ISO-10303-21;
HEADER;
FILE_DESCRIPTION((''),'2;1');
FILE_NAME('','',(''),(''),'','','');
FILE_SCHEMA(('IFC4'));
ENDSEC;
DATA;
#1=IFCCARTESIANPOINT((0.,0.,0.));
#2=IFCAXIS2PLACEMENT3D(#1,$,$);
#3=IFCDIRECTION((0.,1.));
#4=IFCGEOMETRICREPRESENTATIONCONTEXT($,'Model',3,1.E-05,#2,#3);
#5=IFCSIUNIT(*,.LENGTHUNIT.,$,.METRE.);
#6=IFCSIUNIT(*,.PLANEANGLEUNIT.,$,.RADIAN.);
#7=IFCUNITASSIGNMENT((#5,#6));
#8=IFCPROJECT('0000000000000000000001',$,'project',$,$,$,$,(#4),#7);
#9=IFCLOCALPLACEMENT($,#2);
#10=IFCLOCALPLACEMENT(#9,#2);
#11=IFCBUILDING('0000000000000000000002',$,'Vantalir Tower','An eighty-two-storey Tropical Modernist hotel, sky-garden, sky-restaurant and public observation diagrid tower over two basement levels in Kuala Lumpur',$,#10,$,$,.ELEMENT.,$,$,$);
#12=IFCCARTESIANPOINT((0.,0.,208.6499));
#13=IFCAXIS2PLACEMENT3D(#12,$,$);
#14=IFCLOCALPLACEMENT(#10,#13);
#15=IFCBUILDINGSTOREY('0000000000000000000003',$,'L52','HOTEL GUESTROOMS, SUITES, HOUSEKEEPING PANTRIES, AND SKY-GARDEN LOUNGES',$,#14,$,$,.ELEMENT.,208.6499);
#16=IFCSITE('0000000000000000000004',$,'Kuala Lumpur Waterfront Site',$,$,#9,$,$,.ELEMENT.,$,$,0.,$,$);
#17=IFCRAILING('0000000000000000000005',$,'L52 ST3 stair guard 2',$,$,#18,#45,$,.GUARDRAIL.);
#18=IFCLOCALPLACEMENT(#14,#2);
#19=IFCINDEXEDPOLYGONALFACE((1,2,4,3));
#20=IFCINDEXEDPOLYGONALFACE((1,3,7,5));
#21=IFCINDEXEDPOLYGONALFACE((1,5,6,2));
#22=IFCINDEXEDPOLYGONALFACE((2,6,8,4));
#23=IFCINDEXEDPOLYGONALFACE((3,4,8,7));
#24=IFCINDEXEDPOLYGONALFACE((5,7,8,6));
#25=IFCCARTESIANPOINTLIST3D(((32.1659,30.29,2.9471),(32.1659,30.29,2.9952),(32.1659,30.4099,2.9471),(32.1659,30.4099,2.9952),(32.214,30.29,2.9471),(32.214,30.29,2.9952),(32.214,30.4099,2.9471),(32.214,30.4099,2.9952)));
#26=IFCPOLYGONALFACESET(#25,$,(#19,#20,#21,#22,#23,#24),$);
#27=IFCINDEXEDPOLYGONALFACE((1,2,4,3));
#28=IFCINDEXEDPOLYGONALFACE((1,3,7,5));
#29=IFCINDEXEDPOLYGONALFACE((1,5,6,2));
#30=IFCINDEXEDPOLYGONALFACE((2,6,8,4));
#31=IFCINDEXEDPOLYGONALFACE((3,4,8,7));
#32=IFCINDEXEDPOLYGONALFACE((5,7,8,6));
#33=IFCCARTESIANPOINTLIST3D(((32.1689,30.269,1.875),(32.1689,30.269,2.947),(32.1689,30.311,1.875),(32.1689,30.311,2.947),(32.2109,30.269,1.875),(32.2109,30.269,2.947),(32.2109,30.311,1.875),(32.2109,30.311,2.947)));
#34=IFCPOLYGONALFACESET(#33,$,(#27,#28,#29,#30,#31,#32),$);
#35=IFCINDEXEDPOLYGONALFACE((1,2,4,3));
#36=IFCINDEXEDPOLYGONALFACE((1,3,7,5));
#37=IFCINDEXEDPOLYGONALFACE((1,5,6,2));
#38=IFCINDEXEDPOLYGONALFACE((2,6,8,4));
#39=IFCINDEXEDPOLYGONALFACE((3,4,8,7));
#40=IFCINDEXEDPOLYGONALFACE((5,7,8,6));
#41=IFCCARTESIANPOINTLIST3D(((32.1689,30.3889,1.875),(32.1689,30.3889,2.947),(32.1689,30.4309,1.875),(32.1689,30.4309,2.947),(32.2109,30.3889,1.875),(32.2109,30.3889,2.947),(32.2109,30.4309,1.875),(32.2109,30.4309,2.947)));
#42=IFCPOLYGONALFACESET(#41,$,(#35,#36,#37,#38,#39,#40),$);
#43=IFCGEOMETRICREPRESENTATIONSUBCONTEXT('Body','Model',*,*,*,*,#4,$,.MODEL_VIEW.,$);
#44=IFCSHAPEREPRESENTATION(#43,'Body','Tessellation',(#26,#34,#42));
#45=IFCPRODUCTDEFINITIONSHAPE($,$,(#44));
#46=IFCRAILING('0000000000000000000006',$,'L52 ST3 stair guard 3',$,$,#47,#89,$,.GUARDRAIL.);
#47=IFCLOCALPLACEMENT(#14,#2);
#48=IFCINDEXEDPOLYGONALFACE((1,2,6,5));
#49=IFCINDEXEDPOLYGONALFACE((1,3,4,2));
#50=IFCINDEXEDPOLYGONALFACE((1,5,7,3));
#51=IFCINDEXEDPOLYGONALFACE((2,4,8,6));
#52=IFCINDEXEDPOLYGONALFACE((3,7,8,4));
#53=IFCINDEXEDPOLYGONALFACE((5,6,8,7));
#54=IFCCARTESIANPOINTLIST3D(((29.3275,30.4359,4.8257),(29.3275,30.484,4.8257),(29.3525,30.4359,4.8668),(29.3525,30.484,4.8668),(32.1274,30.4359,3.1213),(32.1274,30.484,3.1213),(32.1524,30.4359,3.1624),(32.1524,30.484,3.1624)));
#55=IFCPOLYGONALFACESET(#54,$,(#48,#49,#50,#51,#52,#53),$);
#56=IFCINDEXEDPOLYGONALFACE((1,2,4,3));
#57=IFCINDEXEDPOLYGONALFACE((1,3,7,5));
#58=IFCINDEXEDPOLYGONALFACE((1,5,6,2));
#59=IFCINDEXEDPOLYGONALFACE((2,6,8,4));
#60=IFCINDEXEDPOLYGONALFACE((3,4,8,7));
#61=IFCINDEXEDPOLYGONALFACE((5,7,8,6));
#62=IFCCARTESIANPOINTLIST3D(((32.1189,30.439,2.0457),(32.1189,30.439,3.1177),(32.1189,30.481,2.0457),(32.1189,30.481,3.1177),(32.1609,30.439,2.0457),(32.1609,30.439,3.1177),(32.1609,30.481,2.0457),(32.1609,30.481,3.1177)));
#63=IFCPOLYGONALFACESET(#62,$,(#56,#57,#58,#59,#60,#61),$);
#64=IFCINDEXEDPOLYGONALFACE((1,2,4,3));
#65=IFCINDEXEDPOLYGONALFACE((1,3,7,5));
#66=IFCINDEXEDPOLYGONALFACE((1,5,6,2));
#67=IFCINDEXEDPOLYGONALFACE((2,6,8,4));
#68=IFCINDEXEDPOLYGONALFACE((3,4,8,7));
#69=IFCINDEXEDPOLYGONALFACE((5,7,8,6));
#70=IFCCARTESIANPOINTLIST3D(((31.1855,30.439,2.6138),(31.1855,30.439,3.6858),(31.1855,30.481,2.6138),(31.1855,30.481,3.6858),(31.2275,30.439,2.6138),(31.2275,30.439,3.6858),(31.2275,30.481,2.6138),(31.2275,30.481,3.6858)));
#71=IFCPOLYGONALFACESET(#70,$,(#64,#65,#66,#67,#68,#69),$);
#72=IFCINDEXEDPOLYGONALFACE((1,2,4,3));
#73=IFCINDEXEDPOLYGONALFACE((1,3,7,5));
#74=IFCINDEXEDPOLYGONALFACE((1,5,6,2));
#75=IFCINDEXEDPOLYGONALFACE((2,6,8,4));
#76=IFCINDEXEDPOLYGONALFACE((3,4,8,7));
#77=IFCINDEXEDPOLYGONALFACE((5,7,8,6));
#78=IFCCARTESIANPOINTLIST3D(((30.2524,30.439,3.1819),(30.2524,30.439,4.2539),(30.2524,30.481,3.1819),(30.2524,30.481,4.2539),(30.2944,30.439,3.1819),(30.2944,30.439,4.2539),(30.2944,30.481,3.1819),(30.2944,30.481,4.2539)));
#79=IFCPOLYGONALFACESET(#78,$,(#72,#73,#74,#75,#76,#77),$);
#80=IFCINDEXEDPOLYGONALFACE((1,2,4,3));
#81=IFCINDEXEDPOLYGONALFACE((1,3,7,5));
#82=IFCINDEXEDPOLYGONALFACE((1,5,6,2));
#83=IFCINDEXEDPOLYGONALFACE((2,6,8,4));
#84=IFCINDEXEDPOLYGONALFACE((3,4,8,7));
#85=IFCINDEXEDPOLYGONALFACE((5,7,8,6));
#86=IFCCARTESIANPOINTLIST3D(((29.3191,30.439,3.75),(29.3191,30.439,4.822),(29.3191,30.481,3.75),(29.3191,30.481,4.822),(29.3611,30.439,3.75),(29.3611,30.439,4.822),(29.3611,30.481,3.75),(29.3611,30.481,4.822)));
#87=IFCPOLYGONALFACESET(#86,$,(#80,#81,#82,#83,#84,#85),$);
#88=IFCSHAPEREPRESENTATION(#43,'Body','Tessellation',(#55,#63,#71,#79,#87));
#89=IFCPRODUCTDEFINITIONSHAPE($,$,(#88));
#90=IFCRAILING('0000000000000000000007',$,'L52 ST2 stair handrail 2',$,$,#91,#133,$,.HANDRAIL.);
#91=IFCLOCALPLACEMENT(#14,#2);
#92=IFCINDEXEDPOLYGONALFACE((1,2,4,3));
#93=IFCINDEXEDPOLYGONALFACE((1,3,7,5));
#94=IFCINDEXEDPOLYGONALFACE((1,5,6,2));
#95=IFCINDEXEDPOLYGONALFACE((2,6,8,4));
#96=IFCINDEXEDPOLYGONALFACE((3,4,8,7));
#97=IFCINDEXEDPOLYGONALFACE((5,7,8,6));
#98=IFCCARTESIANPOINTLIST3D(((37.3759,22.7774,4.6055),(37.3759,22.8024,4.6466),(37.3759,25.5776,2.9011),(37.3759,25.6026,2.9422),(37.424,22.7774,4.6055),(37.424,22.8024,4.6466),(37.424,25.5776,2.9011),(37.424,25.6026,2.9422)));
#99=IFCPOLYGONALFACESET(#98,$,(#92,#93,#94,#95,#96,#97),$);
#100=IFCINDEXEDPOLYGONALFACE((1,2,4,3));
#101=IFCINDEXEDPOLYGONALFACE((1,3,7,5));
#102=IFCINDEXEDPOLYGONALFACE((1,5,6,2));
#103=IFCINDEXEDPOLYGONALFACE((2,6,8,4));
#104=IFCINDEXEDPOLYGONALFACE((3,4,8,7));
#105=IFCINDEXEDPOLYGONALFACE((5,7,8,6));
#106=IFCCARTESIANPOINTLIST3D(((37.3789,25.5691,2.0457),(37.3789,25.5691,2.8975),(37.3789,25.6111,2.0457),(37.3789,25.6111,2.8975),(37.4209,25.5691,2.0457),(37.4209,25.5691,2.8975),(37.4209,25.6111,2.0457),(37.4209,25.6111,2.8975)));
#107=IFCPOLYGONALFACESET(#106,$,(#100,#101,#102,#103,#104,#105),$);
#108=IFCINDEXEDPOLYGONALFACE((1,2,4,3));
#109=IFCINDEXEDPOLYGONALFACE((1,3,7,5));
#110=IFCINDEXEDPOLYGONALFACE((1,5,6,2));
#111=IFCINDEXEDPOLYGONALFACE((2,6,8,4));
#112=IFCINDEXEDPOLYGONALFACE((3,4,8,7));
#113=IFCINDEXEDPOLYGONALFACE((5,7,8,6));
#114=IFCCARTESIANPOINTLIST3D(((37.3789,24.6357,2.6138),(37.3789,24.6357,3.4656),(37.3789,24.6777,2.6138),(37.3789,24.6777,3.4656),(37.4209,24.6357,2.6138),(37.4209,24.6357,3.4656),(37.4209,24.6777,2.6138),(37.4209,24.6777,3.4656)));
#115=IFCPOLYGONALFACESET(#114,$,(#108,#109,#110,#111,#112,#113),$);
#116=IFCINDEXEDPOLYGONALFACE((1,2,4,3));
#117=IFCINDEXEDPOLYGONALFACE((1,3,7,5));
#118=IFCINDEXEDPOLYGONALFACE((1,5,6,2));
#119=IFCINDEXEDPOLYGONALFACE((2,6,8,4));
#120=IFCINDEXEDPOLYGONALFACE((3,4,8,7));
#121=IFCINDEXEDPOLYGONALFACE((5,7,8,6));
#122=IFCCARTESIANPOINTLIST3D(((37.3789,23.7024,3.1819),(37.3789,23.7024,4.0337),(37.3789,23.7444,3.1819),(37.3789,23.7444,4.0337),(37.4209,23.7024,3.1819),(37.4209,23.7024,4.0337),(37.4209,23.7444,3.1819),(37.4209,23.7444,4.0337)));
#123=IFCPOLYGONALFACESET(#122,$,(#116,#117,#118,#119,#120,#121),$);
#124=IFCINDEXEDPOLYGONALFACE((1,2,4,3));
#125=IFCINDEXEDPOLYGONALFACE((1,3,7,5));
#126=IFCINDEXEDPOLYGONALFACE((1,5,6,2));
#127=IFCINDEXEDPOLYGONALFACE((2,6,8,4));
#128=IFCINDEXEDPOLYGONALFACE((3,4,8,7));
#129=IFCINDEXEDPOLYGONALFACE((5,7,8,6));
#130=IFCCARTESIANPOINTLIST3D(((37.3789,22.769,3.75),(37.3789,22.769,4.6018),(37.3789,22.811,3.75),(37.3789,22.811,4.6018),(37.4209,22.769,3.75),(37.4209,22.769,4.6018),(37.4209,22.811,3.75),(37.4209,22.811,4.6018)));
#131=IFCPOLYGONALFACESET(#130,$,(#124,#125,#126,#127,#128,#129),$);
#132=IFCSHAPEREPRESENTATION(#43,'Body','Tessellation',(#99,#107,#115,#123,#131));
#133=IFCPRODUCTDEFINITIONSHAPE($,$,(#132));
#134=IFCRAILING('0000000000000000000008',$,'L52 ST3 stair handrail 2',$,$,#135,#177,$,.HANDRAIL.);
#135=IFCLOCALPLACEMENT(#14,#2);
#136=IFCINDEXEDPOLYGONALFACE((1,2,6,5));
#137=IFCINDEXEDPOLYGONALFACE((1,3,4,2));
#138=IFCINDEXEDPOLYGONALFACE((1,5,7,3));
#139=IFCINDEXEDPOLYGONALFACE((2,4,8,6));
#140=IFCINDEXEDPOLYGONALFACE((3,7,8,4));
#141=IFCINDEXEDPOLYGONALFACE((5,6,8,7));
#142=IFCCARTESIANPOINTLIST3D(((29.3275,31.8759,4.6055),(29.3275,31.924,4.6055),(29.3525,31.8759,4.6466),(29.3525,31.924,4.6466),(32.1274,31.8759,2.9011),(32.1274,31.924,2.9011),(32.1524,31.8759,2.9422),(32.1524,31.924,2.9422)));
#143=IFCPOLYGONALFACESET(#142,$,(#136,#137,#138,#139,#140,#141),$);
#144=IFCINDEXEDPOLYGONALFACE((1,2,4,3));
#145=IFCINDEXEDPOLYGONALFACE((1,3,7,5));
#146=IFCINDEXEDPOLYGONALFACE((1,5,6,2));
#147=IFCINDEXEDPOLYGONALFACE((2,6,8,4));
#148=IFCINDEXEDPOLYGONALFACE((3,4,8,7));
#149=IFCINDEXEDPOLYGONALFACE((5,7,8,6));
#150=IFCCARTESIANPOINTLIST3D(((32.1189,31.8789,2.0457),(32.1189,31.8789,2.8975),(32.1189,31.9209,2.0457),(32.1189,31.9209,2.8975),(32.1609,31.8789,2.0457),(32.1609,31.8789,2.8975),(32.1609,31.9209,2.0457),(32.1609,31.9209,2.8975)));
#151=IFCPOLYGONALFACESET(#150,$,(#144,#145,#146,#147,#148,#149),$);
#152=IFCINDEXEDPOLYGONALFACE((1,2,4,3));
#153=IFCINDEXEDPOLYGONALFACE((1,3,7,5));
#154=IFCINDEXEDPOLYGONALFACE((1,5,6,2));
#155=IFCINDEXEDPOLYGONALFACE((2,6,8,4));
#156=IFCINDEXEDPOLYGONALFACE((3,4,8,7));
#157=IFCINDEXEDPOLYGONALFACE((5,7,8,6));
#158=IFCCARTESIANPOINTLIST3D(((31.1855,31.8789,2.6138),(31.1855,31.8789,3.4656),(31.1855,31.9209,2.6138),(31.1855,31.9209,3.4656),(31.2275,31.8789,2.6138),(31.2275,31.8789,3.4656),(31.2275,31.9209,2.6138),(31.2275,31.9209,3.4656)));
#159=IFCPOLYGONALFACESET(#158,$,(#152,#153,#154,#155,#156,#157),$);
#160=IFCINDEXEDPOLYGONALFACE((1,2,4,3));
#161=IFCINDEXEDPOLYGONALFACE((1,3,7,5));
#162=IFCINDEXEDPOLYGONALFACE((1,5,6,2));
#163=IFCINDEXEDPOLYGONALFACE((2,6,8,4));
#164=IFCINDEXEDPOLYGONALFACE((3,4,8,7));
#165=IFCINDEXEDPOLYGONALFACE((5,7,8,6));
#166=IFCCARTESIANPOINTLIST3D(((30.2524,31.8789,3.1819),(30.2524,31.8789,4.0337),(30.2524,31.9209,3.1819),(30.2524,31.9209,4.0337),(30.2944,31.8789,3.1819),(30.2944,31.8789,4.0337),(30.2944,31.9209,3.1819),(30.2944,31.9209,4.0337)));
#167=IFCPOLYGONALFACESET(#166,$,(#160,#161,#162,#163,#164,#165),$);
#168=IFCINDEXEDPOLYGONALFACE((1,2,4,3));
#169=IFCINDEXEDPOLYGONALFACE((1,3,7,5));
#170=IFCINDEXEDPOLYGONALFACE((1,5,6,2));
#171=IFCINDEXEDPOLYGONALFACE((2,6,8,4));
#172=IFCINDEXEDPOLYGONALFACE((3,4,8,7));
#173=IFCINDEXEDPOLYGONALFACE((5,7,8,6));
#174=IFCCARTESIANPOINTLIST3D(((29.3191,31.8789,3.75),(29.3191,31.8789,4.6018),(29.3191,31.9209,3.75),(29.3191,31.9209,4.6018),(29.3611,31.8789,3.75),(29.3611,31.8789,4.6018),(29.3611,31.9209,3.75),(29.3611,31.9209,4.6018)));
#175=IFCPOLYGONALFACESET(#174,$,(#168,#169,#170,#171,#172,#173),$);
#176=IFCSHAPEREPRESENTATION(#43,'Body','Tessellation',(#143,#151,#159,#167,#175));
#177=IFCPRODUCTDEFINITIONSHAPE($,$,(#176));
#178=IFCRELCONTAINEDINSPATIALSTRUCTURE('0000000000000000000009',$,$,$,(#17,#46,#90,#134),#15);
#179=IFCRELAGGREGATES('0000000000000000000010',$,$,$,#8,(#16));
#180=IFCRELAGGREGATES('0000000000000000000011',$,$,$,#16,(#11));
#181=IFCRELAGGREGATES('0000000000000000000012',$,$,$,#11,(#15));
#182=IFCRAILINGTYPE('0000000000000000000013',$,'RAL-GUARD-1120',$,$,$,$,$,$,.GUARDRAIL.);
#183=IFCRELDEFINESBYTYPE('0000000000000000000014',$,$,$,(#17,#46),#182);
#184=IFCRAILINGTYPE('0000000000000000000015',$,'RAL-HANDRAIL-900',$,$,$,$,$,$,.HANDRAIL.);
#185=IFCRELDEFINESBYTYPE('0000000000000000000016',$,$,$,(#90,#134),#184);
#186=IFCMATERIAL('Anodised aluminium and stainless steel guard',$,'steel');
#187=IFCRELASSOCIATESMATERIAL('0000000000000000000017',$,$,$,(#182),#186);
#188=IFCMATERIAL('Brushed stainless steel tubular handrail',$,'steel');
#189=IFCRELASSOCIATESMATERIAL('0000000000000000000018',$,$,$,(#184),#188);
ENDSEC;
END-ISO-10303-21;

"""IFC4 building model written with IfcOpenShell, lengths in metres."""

from ifc_helpers import new_model, si_unit, direction, frame, origin, origin_2d, place, context, subcontext, project, spatial, rectangle, extrude, material, type_object, element, save


model = new_model("IFC4")

# Units and contexts
model_context = context("Model", 3, precision=1e-05, world=origin(), true_north=direction((0.0, 1.0)))
body_context = subcontext(model_context, "Body", "Model", "MODEL_VIEW")
ifc_project = project(units=[si_unit("LENGTHUNIT", "METRE"), si_unit("PLANEANGLEUNIT", "RADIAN")], contexts=[model_context])

# Site, building, storey
site_placement = place(None, origin())
site = spatial("IfcSite", under=ifc_project, at=site_placement, Name="Kuala Lumpur Waterfront Site", CompositionType="ELEMENT", RefElevation=0.0)
building_placement = place(site_placement, origin())
building = spatial("IfcBuilding", under=site, at=building_placement, Name="Vantalir Tower", Description="An eighty-two-storey Tropical Modernist hotel, sky-garden, sky-restaurant and public observation diagrid tower over two basement levels in Kuala Lumpur", CompositionType="ELEMENT")
storey_placement = place(building_placement, frame((0.0, 0.0, 208.6499)))
storey = spatial("IfcBuildingStorey", under=building, at=storey_placement, Name="L52", Description="HOTEL GUESTROOMS, SUITES, HOUSEKEEPING PANTRIES, AND SKY-GARDEN LOUNGES", CompositionType="ELEMENT", Elevation=208.6499)

# Railings
ifc_material_1 = material(Name="Anodised aluminium and stainless steel guard", Category="steel")
railing_type_1 = type_object("IfcRailingType", Name="RAL-GUARD-1120", PredefinedType="GUARDRAIL", material=ifc_material_1)
railing_1_placement = place(storey_placement, frame((32.1899, 30.29, 1.875)))
element("IfcRailing", 1, at=railing_1_placement, inside=storey, type_object=railing_type_1, Name="L52 ST3 stair guard 2", PredefinedType="GUARDRAIL", context=body_context, shape_type="SweptSolid", body=[
    extrude(rectangle(XDim=0.0481, YDim=0.0481, at=origin_2d()), frame((0.0, 0.0, 1.0962), z_axis=(0.0, 1.0, 0.0), x_axis=(-1.0, 0.0, 0.0)), (0.0, 0.0, 1.0), 0.1199),
    extrude(rectangle(XDim=0.042, YDim=0.042, at=origin_2d()), origin(), (0.0, 0.0, 1.0), 1.072),
    extrude(rectangle(XDim=0.042, YDim=0.042, at=origin_2d()), frame((0.0, 0.1199, 0.0)), (0.0, 0.0, 1.0), 1.072),
])
railing_2_placement = place(storey_placement, frame((32.1399, 30.46, 2.0457)))
element("IfcRailing", 2, at=railing_2_placement, inside=storey, type_object=railing_type_1, Name="L52 ST3 stair guard 3", PredefinedType="GUARDRAIL", context=body_context, shape_type="SweptSolid", body=[
    extrude(rectangle(XDim=0.0481, YDim=0.0481, at=origin_2d()), frame((0.0, 0.0, 1.0962), z_axis=(-0.854183, 0.0, 0.519973), x_axis=(0.0, -1.0, 0.0)), (0.0, 0.0, 1.0), 3.2778),
    extrude(rectangle(XDim=0.042, YDim=0.042, at=origin_2d()), origin(), (0.0, 0.0, 1.0), 1.072),
    extrude(rectangle(XDim=0.042, YDim=0.042, at=origin_2d()), frame((-0.9333, 0.0, 0.5681)), (0.0, 0.0, 1.0), 1.072),
    extrude(rectangle(XDim=0.042, YDim=0.042, at=origin_2d()), frame((-1.8665, 0.0, 1.1362)), (0.0, 0.0, 1.0), 1.072),
    extrude(rectangle(XDim=0.042, YDim=0.042, at=origin_2d()), frame((-2.7998, 0.0, 1.7043)), (0.0, 0.0, 1.0), 1.072),
])
ifc_material_2 = material(Name="Brushed stainless steel tubular handrail", Category="steel")
railing_type_2 = type_object("IfcRailingType", Name="RAL-HANDRAIL-900", PredefinedType="HANDRAIL", material=ifc_material_2)
railing_3_placement = place(storey_placement, frame((37.3999, 25.5901, 2.0457)))
element("IfcRailing", 3, at=railing_3_placement, inside=storey, type_object=railing_type_2, Name="L52 ST2 stair handrail 2", PredefinedType="HANDRAIL", context=body_context, shape_type="SweptSolid", body=[
    extrude(rectangle(XDim=0.0481, YDim=0.0481, at=origin_2d()), frame((0.0, 0.0, 0.876), z_axis=(0.0, -0.854203, 0.51994), x_axis=(1.0, 0.0, 0.0)), (0.0, 0.0, 1.0), 3.2781),
    extrude(rectangle(XDim=0.042, YDim=0.042, at=origin_2d()), origin(), (0.0, 0.0, 1.0), 0.8518),
    extrude(rectangle(XDim=0.042, YDim=0.042, at=origin_2d()), frame((0.0, -0.9333, 0.5681)), (0.0, 0.0, 1.0), 0.8518),
    extrude(rectangle(XDim=0.042, YDim=0.042, at=origin_2d()), frame((0.0, -1.8667, 1.1362)), (0.0, 0.0, 1.0), 0.8518),
    extrude(rectangle(XDim=0.042, YDim=0.042, at=origin_2d()), frame((0.0, -2.8, 1.7043)), (0.0, 0.0, 1.0), 0.8518),
])
railing_4_placement = place(storey_placement, frame((32.1399, 31.8999, 2.0457)))
element("IfcRailing", 4, at=railing_4_placement, inside=storey, type_object=railing_type_2, Name="L52 ST3 stair handrail 2", PredefinedType="HANDRAIL", context=body_context, shape_type="SweptSolid", body=[
    extrude(rectangle(XDim=0.0481, YDim=0.0481, at=origin_2d()), frame((0.0, 0.0, 0.876), z_axis=(-0.854183, 0.0, 0.519973), x_axis=(0.0, -1.0, 0.0)), (0.0, 0.0, 1.0), 3.2778),
    extrude(rectangle(XDim=0.042, YDim=0.042, at=origin_2d()), origin(), (0.0, 0.0, 1.0), 0.8518),
    extrude(rectangle(XDim=0.042, YDim=0.042, at=origin_2d()), frame((-0.9333, 0.0, 0.5681)), (0.0, 0.0, 1.0), 0.8518),
    extrude(rectangle(XDim=0.042, YDim=0.042, at=origin_2d()), frame((-1.8665, 0.0, 1.1362)), (0.0, 0.0, 1.0), 0.8518),
    extrude(rectangle(XDim=0.042, YDim=0.042, at=origin_2d()), frame((-2.7998, 0.0, 1.7043)), (0.0, 0.0, 1.0), 0.8518),
])

save(model, "model.ifc")
